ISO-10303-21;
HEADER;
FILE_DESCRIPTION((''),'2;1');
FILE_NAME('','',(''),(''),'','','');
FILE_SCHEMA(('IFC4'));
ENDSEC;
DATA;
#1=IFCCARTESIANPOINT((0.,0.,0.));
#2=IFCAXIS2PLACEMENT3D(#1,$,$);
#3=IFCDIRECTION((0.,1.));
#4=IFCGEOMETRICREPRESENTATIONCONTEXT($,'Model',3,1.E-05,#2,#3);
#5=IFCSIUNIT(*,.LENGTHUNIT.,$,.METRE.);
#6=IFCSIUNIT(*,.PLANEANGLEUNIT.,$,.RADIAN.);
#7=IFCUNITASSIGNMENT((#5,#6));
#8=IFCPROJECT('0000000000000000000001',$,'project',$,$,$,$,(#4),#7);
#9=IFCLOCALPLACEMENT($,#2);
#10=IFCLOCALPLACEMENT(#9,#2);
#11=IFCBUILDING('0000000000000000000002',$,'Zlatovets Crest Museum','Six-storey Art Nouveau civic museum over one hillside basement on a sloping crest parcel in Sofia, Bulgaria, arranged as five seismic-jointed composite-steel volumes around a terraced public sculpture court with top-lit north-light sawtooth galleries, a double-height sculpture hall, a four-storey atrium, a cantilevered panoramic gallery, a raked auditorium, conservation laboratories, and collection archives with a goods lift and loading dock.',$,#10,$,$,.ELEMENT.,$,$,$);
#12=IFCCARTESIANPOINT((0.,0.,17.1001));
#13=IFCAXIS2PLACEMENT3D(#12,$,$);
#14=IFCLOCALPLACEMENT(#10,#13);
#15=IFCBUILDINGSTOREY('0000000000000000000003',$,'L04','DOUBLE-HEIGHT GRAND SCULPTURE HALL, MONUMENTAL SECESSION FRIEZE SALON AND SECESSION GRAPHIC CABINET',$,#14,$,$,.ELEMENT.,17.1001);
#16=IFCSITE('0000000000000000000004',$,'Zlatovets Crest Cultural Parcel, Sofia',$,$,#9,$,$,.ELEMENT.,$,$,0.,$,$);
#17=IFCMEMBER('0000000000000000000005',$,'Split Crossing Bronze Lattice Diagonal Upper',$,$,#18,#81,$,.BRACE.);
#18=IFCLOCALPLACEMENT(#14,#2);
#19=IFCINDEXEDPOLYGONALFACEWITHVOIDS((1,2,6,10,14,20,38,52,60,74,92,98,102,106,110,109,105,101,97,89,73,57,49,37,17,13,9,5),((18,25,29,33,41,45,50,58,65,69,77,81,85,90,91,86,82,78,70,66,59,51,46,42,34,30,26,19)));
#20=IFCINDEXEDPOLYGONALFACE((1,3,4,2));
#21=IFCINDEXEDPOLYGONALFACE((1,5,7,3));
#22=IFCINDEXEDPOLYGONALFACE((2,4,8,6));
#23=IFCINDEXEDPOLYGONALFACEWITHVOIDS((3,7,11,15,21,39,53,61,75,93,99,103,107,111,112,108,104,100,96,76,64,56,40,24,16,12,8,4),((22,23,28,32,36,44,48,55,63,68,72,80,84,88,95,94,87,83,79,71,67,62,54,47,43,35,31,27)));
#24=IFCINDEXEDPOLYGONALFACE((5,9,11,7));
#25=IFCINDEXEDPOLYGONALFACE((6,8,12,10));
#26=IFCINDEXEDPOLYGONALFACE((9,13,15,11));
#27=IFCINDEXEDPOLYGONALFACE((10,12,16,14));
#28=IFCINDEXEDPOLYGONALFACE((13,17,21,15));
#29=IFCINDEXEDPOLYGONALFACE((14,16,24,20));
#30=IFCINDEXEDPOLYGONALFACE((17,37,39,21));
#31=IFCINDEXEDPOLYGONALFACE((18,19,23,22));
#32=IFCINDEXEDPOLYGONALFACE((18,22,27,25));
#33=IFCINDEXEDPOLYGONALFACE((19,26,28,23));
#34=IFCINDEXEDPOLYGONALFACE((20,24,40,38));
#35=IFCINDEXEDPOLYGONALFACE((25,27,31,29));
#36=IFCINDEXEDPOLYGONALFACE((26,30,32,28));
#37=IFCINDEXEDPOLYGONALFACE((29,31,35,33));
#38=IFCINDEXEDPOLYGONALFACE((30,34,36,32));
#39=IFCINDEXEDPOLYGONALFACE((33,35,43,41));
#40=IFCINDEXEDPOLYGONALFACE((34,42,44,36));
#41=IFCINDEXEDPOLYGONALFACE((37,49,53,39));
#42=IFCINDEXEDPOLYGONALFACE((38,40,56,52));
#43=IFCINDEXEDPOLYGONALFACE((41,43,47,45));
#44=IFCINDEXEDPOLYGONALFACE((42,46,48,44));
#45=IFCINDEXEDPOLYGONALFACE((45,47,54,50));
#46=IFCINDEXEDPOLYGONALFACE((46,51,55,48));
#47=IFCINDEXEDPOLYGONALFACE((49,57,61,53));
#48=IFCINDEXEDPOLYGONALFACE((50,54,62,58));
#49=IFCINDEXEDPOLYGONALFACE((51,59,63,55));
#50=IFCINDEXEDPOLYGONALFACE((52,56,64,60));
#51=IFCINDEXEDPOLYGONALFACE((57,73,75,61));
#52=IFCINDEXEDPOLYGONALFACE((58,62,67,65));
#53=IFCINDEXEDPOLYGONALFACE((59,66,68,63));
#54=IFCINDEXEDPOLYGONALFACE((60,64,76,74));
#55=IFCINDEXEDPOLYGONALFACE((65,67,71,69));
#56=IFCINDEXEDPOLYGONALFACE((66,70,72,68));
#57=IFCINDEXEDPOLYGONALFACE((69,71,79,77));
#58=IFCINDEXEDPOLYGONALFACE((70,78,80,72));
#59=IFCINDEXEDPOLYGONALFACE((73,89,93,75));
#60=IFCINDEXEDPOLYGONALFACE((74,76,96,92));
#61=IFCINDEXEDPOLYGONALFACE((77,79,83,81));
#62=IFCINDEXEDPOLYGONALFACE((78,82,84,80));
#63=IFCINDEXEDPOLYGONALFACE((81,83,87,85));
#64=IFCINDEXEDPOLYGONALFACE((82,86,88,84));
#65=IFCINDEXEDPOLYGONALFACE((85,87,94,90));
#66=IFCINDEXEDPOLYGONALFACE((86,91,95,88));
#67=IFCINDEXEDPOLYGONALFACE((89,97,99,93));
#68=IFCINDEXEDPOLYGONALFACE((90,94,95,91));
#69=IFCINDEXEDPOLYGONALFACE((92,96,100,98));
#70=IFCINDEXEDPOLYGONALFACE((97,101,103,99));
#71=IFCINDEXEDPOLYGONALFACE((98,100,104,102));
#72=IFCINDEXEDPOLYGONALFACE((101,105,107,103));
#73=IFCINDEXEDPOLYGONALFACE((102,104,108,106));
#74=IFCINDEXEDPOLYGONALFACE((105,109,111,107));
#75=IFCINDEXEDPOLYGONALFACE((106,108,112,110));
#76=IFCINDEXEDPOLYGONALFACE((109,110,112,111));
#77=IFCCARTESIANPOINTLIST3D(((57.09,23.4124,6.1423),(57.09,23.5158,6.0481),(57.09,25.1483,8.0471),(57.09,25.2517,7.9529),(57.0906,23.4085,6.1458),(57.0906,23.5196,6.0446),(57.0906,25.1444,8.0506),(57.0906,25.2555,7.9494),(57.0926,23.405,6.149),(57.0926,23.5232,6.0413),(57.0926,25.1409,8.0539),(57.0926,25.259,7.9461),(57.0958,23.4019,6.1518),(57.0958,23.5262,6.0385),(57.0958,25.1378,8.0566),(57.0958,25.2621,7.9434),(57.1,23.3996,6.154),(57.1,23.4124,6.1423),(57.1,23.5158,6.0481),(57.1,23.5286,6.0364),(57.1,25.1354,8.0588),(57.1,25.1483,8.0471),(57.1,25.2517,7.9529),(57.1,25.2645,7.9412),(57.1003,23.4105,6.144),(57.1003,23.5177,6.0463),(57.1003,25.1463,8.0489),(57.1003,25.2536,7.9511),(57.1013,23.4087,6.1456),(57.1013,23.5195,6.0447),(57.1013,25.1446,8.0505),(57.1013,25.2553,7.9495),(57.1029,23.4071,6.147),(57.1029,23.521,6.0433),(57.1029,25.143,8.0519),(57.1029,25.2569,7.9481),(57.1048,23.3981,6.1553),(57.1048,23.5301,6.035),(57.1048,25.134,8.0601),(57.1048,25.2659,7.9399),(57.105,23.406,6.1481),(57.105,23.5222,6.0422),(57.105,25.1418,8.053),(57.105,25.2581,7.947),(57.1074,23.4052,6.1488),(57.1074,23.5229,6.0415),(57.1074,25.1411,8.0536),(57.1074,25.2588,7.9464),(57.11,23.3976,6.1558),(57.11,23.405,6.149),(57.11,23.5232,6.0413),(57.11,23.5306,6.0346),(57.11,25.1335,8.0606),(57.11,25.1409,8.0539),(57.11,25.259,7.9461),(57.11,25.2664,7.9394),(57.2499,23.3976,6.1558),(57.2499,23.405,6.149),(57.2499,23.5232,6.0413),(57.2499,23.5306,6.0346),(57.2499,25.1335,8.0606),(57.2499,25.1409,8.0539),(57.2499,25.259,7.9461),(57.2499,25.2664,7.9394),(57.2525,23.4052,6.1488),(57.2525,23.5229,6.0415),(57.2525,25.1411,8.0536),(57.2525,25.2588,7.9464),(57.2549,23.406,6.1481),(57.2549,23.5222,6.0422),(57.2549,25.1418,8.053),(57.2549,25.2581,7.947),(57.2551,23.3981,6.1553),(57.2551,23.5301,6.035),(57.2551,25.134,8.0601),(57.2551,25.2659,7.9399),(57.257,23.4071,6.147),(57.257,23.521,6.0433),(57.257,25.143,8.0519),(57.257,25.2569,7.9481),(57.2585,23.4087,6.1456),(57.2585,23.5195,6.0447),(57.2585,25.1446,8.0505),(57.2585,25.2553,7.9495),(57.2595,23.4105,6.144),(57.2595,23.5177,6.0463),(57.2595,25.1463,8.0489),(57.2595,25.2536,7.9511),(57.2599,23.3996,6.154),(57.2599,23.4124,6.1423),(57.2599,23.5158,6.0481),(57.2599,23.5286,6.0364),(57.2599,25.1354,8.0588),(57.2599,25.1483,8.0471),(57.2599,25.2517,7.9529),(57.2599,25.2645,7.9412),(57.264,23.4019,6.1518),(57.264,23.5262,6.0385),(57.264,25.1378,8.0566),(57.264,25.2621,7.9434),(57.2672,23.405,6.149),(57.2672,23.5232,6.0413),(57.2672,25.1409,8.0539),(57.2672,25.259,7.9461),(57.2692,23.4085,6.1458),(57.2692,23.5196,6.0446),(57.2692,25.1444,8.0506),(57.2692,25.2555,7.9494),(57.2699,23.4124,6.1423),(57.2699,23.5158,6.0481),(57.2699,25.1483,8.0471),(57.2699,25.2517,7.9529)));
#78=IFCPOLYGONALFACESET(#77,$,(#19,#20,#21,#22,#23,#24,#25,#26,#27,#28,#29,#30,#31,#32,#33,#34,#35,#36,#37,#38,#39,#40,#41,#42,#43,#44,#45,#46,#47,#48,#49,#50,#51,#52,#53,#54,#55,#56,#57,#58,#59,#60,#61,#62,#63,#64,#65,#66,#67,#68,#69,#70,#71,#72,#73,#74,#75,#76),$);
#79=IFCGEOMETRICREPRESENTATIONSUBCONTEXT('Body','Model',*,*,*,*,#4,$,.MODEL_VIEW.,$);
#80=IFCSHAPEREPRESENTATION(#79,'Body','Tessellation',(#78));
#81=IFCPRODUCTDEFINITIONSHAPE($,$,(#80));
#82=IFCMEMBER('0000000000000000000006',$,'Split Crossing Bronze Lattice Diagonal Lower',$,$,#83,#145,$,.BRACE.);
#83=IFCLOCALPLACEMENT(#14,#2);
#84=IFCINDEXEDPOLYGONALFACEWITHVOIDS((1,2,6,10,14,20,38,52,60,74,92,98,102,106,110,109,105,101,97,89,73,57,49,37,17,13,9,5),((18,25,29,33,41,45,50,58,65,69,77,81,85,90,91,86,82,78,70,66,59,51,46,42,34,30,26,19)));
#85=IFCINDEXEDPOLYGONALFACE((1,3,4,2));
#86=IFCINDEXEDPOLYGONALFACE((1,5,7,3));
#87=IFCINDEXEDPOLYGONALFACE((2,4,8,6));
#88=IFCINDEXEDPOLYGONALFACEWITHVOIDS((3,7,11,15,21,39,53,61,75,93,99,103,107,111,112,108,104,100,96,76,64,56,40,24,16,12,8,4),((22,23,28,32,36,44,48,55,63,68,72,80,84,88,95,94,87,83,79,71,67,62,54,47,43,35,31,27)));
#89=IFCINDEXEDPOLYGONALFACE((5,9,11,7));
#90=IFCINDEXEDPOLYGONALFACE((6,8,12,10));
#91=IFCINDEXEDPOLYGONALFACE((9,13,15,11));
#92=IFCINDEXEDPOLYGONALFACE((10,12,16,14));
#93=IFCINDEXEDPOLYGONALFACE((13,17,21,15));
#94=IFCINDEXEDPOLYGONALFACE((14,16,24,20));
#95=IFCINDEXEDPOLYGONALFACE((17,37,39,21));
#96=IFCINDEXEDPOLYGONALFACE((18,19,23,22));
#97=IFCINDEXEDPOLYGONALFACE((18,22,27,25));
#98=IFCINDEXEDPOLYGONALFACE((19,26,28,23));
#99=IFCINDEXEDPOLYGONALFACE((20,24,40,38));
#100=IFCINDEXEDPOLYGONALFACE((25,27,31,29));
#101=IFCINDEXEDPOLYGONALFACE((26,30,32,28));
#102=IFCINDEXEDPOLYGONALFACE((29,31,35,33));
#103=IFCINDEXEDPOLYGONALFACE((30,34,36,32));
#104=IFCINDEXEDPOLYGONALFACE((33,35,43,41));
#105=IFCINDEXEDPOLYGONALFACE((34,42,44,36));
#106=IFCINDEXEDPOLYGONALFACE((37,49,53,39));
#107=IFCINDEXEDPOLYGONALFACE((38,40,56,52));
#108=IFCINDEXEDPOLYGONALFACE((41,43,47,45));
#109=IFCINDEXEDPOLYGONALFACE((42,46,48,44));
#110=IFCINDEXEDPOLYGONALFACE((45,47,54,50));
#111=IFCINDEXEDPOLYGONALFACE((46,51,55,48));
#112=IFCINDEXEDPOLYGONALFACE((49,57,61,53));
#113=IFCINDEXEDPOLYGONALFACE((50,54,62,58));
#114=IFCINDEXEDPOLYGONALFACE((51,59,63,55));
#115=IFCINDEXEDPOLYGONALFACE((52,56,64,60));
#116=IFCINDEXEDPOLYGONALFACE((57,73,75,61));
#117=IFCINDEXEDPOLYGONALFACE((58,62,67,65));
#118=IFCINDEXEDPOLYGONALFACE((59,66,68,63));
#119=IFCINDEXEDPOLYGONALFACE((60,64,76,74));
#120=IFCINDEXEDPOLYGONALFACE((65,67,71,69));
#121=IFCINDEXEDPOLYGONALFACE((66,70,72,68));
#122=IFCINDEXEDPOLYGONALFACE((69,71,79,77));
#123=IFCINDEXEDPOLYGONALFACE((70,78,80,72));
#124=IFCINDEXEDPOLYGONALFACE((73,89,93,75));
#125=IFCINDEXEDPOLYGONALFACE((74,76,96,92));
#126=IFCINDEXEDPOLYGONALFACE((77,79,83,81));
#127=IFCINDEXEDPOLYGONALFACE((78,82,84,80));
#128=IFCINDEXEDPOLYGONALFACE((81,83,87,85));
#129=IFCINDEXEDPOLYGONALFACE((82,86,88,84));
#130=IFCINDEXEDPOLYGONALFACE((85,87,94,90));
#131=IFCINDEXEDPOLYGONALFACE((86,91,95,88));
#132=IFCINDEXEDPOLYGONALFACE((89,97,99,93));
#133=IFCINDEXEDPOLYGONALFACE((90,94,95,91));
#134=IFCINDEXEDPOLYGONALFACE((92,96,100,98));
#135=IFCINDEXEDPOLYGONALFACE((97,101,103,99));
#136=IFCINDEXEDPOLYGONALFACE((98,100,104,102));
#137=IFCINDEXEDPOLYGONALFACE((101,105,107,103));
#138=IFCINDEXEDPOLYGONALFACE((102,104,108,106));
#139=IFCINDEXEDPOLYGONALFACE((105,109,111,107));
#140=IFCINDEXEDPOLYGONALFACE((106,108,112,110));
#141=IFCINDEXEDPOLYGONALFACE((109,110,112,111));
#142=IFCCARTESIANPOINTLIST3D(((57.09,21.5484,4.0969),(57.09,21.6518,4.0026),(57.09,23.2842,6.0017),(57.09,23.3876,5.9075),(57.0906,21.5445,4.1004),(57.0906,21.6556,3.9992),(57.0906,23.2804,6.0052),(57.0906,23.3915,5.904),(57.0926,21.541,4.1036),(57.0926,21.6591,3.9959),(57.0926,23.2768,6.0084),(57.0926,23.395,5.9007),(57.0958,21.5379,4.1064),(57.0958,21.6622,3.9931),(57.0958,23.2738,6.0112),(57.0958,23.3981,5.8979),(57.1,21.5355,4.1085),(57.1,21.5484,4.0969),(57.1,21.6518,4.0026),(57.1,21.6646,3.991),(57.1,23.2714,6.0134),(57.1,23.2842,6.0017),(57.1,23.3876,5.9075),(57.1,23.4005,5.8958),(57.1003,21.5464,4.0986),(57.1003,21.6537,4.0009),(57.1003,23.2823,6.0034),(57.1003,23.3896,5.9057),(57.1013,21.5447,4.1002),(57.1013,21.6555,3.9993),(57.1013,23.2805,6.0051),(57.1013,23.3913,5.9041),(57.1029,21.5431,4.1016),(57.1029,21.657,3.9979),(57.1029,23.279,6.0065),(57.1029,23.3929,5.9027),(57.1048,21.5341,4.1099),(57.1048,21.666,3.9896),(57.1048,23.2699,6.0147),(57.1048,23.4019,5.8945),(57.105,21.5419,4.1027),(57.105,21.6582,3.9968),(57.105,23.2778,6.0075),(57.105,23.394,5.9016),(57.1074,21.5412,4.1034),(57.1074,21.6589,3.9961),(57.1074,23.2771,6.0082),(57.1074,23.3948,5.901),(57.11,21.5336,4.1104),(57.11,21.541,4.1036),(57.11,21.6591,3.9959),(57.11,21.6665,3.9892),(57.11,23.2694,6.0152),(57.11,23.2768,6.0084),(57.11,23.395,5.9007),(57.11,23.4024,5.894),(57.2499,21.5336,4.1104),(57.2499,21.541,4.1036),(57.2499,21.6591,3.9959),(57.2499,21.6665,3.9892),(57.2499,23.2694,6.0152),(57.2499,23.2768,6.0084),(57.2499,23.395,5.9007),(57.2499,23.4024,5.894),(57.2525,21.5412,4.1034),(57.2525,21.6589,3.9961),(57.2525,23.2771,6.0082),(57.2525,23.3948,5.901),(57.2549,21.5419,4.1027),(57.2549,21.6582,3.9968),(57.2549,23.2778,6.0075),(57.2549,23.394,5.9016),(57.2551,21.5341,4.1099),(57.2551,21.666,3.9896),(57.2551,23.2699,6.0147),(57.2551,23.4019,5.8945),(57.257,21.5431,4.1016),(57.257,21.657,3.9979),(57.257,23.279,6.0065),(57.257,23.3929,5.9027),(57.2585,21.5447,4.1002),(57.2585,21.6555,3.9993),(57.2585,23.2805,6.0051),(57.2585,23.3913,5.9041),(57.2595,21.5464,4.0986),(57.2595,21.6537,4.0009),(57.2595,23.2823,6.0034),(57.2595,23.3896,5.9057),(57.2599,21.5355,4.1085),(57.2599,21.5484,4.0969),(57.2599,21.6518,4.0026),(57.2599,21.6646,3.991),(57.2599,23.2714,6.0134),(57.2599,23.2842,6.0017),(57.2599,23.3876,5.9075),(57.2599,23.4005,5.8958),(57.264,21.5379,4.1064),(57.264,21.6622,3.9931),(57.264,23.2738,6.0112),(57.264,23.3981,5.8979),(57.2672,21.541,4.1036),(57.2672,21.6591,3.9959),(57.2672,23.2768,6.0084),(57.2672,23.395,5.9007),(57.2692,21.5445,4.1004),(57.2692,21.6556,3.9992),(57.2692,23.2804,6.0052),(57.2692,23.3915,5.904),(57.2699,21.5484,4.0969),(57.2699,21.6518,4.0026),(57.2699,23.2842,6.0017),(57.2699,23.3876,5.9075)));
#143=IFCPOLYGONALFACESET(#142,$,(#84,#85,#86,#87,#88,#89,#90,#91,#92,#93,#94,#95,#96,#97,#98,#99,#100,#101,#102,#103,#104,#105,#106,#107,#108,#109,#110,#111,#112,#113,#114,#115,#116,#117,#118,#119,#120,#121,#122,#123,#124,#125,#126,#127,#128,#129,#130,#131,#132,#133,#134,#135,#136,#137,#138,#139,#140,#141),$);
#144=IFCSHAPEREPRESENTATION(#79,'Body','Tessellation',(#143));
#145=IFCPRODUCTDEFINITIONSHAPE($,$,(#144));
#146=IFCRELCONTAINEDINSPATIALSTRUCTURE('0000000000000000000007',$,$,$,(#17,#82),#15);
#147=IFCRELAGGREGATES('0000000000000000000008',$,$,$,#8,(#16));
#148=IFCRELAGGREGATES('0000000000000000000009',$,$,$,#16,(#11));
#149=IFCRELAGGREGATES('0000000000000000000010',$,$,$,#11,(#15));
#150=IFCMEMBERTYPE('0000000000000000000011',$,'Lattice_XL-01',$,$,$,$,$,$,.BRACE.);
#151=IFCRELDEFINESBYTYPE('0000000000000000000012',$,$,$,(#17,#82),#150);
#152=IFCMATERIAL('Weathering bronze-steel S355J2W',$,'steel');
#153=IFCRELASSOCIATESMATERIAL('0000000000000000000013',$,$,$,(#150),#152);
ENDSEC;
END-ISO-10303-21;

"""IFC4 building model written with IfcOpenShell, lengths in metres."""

from ifc_helpers import new_model, si_unit, direction, frame, origin, origin_2d, place, context, subcontext, project, spatial, hollow_rectangle, extrude, material, material_profile, profile_set, type_object, element, save


model = new_model("IFC4")

# Units and contexts
model_context = context("Model", 3, precision=1e-05, world=origin(), true_north=direction((0.0, 1.0)))
body_context = subcontext(model_context, "Body", "Model", "MODEL_VIEW")
ifc_project = project(units=[si_unit("LENGTHUNIT", "METRE"), si_unit("PLANEANGLEUNIT", "RADIAN")], contexts=[model_context])

# Site, building, storey
site_placement = place(None, origin())
site = spatial("IfcSite", under=ifc_project, at=site_placement, Name="Zlatovets Crest Cultural Parcel, Sofia", CompositionType="ELEMENT", RefElevation=0.0)
building_placement = place(site_placement, origin())
building = spatial("IfcBuilding", under=site, at=building_placement, Name="Zlatovets Crest Museum", Description="Six-storey Art Nouveau civic museum over one hillside basement on a sloping crest parcel in Sofia, Bulgaria, arranged as five seismic-jointed composite-steel volumes around a terraced public sculpture court with top-lit north-light sawtooth galleries, a double-height sculpture hall, a four-storey atrium, a cantilevered panoramic gallery, a raked auditorium, conservation laboratories, and collection archives with a goods lift and loading dock.", CompositionType="ELEMENT")
storey_placement = place(building_placement, frame((0.0, 0.0, 17.1001)))
storey = spatial("IfcBuildingStorey", under=building, at=storey_placement, Name="L04", Description="DOUBLE-HEIGHT GRAND SCULPTURE HALL, MONUMENTAL SECESSION FRIEZE SALON AND SECESSION GRAPHIC CABINET", CompositionType="ELEMENT", Elevation=17.1001)

# Members
ifc_material_1 = material(Name="Weathering bronze-steel S355J2W", Category="steel")
ifc_material_profile_1 = material_profile(ifc_material_1, hollow_rectangle(XDim=0.1799, YDim=0.1799, WallThickness=0.01, InnerFilletRadius=0.01, OuterFilletRadius=0.02, at=origin_2d()), Name="SHS 180x180x10.0")
ifc_profile_set_1 = profile_set([ifc_material_profile_1], Name="Weathering bronze-steel S355J2W")
member_type_1 = type_object("IfcMemberType", Name="Lattice_XL-01", PredefinedType="BRACE", material=ifc_profile_set_1)
for number, where, z_axis, x_axis, name in (
    (1, (57.1799, 25.2, 8.0), (0.0, -0.673568, -0.739125), (1.0, 0.0, 0.0), "Split Crossing Bronze Lattice Diagonal Upper"),
    (2, (57.1799, 23.3359, 5.9546), (0.0, -0.673568, -0.739125), (1.0, 0.0, 0.0), "Split Crossing Bronze Lattice Diagonal Lower"),
):
    element("IfcMember", number, at=place(storey_placement, frame(where, z_axis=z_axis, x_axis=x_axis)), inside=storey, type_object=member_type_1, Name=name, PredefinedType="BRACE", context=body_context, shape_type="SweptSolid", body=[
        extrude(hollow_rectangle(XDim=0.1799, YDim=0.1799, WallThickness=0.01, InnerFilletRadius=0.01, OuterFilletRadius=0.02, at=origin_2d()), origin(), (0.0, 0.0, 1.0), 2.5771),
    ])

save(model, "model.ifc")
